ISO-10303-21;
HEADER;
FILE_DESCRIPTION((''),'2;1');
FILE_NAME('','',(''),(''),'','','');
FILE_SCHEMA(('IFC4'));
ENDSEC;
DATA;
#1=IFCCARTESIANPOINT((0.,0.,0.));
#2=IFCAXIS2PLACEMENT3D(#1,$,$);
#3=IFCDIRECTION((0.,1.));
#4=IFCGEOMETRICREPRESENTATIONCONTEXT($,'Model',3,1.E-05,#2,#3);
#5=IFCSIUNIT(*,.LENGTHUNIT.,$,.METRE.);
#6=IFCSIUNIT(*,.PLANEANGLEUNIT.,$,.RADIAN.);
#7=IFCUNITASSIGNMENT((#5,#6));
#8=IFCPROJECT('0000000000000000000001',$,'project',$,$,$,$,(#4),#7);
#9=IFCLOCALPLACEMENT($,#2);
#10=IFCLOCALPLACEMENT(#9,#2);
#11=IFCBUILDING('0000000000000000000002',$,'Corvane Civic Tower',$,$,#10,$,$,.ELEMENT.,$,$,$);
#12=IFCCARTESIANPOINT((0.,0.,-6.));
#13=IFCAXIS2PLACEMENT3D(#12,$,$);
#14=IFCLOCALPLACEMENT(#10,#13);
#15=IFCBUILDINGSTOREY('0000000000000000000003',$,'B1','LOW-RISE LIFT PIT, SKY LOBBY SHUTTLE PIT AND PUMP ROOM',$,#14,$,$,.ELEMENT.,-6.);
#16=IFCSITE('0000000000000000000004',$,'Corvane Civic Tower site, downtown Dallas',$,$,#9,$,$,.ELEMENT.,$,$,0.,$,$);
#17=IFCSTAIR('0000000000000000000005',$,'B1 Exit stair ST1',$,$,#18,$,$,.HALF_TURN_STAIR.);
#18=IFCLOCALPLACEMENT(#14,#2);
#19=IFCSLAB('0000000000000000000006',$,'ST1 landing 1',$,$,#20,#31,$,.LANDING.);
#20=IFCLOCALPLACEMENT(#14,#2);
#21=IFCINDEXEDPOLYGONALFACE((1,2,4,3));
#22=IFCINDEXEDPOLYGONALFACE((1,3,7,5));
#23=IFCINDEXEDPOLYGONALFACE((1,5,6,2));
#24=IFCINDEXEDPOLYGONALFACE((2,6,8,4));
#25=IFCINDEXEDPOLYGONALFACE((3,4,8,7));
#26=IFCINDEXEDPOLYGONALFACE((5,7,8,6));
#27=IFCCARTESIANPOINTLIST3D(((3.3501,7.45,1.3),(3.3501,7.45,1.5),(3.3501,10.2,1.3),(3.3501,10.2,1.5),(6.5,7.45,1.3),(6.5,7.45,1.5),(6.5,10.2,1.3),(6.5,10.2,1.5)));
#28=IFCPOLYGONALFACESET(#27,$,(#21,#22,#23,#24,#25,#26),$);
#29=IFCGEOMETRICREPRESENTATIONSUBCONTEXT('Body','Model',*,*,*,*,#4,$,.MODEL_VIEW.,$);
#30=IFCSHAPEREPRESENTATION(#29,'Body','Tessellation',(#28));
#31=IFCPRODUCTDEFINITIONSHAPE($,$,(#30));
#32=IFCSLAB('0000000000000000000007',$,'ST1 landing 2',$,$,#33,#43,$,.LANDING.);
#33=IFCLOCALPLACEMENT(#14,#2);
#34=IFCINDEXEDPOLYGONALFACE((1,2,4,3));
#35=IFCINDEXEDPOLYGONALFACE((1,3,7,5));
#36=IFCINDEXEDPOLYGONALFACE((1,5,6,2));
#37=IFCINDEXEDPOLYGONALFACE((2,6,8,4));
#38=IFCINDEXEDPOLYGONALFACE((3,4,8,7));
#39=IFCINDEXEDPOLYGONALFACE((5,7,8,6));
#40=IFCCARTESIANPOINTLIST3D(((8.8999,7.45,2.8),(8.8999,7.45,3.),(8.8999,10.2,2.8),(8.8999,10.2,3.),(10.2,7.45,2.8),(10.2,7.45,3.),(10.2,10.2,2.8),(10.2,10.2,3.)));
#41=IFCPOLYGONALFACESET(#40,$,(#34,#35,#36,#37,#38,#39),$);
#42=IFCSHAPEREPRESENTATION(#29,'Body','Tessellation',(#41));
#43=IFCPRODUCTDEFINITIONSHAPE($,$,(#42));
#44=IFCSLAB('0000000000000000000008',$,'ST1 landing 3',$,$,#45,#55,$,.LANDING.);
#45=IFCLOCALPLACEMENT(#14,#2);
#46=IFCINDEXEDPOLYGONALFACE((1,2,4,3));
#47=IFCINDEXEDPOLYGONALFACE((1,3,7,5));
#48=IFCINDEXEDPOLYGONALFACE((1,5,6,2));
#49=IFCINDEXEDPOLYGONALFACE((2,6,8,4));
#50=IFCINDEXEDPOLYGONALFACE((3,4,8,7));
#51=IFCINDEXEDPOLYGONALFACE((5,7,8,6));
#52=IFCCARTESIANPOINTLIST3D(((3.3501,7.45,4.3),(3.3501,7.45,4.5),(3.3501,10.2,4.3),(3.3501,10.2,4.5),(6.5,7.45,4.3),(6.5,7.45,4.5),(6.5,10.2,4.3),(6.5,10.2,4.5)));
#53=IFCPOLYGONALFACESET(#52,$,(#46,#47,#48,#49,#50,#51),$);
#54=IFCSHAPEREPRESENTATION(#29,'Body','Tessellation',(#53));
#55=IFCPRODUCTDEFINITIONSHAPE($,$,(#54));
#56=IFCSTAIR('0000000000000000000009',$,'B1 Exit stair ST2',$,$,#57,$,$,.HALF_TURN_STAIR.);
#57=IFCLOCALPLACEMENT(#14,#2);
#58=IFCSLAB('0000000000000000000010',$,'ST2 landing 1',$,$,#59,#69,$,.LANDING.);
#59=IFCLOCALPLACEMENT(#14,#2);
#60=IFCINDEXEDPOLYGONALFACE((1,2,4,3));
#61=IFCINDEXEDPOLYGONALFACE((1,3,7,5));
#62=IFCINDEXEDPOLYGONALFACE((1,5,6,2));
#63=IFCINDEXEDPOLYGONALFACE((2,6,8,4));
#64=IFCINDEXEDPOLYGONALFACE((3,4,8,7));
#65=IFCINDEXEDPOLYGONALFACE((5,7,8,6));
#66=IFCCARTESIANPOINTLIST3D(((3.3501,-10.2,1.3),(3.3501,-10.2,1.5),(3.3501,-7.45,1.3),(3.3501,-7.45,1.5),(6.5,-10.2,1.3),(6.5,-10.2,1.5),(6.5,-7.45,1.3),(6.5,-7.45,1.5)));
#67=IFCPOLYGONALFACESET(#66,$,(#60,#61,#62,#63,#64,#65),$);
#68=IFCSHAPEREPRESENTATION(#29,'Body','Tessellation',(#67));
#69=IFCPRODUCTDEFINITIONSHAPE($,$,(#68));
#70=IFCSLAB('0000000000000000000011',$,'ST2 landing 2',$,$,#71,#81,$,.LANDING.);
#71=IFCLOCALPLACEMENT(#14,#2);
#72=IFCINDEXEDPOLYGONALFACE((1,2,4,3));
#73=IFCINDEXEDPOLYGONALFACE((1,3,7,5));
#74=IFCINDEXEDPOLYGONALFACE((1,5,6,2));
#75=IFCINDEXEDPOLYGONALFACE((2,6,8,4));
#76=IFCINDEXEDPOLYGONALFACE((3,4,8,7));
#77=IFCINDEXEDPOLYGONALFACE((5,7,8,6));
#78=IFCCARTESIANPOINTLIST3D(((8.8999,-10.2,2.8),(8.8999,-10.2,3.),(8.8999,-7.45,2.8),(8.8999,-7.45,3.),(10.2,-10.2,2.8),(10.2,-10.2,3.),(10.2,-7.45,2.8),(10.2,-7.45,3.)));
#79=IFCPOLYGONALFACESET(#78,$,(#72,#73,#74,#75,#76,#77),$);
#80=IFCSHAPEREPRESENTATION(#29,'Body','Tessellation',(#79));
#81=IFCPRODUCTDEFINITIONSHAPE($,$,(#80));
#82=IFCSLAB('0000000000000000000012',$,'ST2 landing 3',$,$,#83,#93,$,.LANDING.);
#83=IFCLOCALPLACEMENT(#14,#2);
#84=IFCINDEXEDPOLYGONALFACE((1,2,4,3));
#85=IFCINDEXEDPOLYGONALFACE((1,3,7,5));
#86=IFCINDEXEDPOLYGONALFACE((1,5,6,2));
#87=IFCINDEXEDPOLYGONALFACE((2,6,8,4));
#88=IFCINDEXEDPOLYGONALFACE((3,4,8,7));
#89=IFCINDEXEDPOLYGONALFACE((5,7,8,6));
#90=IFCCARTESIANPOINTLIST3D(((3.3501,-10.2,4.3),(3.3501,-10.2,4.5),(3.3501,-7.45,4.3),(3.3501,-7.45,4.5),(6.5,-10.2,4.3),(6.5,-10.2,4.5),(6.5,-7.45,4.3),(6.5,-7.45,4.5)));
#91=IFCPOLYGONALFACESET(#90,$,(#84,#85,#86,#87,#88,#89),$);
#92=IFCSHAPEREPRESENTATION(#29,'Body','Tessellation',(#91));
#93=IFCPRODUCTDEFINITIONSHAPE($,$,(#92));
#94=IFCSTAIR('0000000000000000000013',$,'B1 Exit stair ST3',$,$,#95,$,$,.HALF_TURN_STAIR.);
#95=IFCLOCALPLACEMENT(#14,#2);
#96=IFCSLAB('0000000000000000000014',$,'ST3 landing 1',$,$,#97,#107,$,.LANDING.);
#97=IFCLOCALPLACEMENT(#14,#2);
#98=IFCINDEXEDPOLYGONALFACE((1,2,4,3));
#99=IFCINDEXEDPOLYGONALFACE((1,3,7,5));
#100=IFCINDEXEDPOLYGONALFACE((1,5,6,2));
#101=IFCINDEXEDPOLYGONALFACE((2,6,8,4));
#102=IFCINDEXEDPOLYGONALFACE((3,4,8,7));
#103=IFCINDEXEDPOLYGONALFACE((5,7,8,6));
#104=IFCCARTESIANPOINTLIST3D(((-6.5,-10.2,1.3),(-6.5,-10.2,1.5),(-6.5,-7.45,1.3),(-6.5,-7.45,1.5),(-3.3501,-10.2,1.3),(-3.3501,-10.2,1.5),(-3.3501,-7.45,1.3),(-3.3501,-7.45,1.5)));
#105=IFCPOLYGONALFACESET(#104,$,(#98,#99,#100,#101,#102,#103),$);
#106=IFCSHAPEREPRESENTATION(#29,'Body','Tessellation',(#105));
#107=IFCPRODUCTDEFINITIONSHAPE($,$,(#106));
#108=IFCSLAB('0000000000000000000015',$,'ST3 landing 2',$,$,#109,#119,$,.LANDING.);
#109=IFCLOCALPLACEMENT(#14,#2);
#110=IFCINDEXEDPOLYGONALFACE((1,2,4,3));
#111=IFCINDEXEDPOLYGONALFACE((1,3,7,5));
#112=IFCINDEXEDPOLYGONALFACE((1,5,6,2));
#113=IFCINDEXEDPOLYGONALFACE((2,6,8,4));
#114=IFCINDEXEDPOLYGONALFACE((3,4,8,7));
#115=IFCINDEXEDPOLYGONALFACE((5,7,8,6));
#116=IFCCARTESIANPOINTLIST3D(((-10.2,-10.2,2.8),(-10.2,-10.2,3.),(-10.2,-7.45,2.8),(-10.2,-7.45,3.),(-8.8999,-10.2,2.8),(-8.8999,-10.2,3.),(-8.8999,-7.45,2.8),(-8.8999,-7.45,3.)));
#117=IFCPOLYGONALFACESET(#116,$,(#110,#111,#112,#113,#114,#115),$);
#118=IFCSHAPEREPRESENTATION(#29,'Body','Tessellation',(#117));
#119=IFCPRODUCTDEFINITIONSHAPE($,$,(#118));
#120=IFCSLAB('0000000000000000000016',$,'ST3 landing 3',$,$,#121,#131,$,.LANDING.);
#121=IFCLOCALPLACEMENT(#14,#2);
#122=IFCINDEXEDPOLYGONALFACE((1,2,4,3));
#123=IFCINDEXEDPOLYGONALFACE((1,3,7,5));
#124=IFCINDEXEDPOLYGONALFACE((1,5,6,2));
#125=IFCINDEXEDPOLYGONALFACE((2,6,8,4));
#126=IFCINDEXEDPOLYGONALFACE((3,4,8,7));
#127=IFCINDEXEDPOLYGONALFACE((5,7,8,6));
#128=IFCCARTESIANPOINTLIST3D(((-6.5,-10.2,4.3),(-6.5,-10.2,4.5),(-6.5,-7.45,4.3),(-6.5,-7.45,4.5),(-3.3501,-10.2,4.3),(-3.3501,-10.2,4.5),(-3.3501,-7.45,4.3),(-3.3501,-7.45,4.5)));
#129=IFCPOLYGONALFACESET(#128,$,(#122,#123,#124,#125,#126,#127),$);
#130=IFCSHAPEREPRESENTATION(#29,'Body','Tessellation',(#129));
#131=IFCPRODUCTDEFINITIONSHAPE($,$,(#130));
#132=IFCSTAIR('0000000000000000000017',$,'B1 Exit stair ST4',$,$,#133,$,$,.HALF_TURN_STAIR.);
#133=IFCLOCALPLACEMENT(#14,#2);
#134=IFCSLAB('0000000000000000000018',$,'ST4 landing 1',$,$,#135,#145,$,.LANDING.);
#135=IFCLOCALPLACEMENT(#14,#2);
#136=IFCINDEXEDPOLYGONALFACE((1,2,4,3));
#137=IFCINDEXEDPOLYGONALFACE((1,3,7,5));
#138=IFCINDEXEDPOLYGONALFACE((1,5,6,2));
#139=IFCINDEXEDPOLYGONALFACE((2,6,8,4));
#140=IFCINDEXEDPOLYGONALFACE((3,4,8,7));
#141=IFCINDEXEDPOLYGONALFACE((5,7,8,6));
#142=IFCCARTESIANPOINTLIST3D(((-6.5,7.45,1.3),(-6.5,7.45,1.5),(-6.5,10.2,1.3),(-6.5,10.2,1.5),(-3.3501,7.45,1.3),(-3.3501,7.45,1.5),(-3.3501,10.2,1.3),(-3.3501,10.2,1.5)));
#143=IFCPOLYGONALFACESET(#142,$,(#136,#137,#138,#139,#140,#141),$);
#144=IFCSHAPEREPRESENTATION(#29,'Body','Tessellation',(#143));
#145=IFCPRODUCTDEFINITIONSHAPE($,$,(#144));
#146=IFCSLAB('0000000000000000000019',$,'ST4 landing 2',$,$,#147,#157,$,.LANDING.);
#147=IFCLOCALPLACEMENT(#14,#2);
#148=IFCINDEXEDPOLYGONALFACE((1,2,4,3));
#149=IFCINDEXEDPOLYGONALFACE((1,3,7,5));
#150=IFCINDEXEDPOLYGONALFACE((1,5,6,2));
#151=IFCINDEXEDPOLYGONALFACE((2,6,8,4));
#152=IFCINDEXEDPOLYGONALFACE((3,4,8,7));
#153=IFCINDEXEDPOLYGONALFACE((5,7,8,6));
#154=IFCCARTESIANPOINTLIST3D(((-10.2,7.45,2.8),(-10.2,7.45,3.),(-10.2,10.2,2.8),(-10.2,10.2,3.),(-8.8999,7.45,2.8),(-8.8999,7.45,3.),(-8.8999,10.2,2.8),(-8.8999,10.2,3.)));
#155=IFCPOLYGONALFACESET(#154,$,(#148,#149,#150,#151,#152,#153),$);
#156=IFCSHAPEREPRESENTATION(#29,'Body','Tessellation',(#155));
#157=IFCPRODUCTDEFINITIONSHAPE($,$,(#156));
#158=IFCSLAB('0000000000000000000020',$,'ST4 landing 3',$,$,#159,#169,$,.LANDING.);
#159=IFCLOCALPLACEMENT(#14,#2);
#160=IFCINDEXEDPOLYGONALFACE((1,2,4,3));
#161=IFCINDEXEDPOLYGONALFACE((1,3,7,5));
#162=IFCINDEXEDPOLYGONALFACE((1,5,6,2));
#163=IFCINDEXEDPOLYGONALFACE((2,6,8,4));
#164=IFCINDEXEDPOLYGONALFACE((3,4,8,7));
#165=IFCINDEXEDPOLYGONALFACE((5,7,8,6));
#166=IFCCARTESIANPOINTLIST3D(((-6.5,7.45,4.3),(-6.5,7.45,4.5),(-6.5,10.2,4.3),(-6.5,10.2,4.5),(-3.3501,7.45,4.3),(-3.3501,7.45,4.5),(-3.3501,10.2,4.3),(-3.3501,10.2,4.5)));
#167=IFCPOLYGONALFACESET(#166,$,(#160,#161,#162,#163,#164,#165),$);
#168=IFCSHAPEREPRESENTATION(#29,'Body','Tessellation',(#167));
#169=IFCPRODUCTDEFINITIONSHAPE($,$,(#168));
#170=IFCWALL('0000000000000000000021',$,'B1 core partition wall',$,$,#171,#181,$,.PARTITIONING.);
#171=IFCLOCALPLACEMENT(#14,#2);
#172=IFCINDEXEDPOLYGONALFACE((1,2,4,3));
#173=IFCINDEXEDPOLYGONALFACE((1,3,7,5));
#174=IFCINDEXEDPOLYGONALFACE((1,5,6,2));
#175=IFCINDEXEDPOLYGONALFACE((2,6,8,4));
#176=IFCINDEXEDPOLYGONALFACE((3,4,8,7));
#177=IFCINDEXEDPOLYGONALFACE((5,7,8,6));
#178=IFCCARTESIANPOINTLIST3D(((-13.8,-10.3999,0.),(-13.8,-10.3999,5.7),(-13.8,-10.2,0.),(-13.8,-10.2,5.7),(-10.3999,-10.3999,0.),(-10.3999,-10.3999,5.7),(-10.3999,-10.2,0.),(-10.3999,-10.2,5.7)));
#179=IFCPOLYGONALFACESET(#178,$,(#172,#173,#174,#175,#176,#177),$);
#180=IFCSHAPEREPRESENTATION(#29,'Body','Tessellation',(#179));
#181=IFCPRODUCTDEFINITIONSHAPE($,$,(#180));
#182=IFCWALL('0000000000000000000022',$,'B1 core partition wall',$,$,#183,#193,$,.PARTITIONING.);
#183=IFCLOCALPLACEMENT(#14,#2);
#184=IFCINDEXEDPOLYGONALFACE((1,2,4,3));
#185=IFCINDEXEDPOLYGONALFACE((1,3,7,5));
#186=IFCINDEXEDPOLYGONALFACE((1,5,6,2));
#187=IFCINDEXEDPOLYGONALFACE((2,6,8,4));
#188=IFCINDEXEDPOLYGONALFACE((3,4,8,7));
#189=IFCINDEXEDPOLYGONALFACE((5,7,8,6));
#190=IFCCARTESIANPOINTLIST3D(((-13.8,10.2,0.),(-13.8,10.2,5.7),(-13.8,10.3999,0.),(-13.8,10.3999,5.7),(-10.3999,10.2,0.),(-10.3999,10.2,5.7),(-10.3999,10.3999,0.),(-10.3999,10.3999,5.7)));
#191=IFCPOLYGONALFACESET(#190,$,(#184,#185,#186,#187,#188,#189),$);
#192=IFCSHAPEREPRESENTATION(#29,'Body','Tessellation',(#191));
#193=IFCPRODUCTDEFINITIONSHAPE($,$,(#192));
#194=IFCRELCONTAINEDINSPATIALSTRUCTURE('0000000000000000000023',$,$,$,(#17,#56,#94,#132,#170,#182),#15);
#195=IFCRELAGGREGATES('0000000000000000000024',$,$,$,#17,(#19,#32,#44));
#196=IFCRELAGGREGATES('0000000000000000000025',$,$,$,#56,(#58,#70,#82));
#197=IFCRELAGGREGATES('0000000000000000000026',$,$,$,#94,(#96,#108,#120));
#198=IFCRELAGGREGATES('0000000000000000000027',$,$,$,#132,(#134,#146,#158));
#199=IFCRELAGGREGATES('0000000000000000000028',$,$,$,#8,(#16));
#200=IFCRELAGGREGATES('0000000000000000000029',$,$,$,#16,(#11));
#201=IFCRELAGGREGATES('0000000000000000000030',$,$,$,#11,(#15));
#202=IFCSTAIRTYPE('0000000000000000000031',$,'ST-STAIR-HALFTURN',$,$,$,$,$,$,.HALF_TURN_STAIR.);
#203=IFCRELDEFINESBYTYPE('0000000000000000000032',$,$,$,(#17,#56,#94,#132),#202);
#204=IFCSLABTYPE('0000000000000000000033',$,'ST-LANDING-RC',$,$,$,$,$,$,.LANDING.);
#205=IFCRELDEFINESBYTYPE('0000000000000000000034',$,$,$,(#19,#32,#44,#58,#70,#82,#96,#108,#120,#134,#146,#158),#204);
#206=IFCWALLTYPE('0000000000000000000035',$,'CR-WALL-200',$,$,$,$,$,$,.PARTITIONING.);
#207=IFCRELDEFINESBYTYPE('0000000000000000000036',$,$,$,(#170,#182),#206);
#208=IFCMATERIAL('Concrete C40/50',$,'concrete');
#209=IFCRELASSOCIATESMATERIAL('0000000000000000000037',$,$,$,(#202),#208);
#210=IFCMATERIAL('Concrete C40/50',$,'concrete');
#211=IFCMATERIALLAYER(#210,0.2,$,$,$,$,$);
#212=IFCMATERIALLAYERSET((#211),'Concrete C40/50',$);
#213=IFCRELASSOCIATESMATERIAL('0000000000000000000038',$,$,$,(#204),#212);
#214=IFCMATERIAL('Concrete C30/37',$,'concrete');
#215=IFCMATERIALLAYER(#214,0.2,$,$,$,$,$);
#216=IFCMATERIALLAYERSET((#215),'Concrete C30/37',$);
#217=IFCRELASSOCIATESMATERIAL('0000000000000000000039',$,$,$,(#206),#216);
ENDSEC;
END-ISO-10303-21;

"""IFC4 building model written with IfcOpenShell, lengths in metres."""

from ifc_helpers import new_model, si_unit, direction, frame, origin, place, context, subcontext, project, spatial, polyline, outline, extrude, material, layer, layer_set, type_object, element, aggregate, save


model = new_model("IFC4")

# Units and contexts
model_context = context("Model", 3, precision=1e-05, world=origin(), true_north=direction((0.0, 1.0)))
body_context = subcontext(model_context, "Body", "Model", "MODEL_VIEW")
ifc_project = project(units=[si_unit("LENGTHUNIT", "METRE"), si_unit("PLANEANGLEUNIT", "RADIAN")], contexts=[model_context])

# Site, building, storey
site_placement = place(None, origin())
site = spatial("IfcSite", under=ifc_project, at=site_placement, Name="Corvane Civic Tower site, downtown Dallas", CompositionType="ELEMENT", RefElevation=0.0)
building_placement = place(site_placement, origin())
building = spatial("IfcBuilding", under=site, at=building_placement, Name="Corvane Civic Tower", CompositionType="ELEMENT")
storey_placement = place(building_placement, frame((0.0, 0.0, -6.0)))
storey = spatial("IfcBuildingStorey", under=building, at=storey_placement, Name="B1", Description="LOW-RISE LIFT PIT, SKY LOBBY SHUTTLE PIT AND PUMP ROOM", CompositionType="ELEMENT", Elevation=-6.0)

# Stairs, slabs
ifc_material_1 = material(Name="Concrete C40/50", Category="concrete")
stair_type = type_object("IfcStairType", Name="ST-STAIR-HALFTURN", PredefinedType="HALF_TURN_STAIR", material=ifc_material_1)
stair_1_placement = place(storey_placement, origin())
stair_1 = element("IfcStair", 1, at=stair_1_placement, inside=storey, type_object=stair_type, Name="B1 Exit stair ST1", PredefinedType="HALF_TURN_STAIR")
ifc_material_2 = material(Name="Concrete C40/50", Category="concrete")
ifc_layer_1 = layer(ifc_material_2, 0.2)
ifc_layer_set_1 = layer_set([ifc_layer_1], Name="Concrete C40/50")
slab_type = type_object("IfcSlabType", Name="ST-LANDING-RC", PredefinedType="LANDING", material=ifc_layer_set_1)
slab_1_placement = place(storey_placement, frame((0.0, 0.0, 1.3)))
slab_1 = element("IfcSlab", 2, at=slab_1_placement, type_object=slab_type, Name="ST1 landing 1", PredefinedType="LANDING", context=body_context, shape_type="SweptSolid", body=[
    extrude(outline(polyline([(6.5, 10.2), (3.3501, 10.2), (3.3501, 7.45), (6.5, 7.45), (6.5, 10.2)])), origin(), (0.0, 0.0, 1.0), 0.2),
])
slab_2_placement = place(storey_placement, frame((0.0, 0.0, 2.8)))
slab_2 = element("IfcSlab", 3, at=slab_2_placement, type_object=slab_type, Name="ST1 landing 2", PredefinedType="LANDING", context=body_context, shape_type="SweptSolid", body=[
    extrude(outline(polyline([(10.2, 10.2), (8.8999, 10.2), (8.8999, 7.45), (10.2, 7.45), (10.2, 10.2)])), origin(), (0.0, 0.0, 1.0), 0.2),
])
slab_3_placement = place(storey_placement, frame((0.0, 0.0, 4.3)))
slab_3 = element("IfcSlab", 4, at=slab_3_placement, type_object=slab_type, Name="ST1 landing 3", PredefinedType="LANDING", context=body_context, shape_type="SweptSolid", body=[
    extrude(outline(polyline([(6.5, 10.2), (3.3501, 10.2), (3.3501, 7.45), (6.5, 7.45), (6.5, 10.2)])), origin(), (0.0, 0.0, 1.0), 0.2),
])
aggregate(stair_1, [slab_1, slab_2, slab_3])
stair_2_placement = place(storey_placement, origin())
stair_2 = element("IfcStair", 5, at=stair_2_placement, inside=storey, type_object=stair_type, Name="B1 Exit stair ST2", PredefinedType="HALF_TURN_STAIR")
slab_4_placement = place(storey_placement, frame((0.0, 0.0, 1.3)))
slab_4 = element("IfcSlab", 6, at=slab_4_placement, type_object=slab_type, Name="ST2 landing 1", PredefinedType="LANDING", context=body_context, shape_type="SweptSolid", body=[
    extrude(outline(polyline([(6.5, -7.45), (3.3501, -7.45), (3.3501, -10.2), (6.5, -10.2), (6.5, -7.45)])), origin(), (0.0, 0.0, 1.0), 0.2),
])
slab_5_placement = place(storey_placement, frame((0.0, 0.0, 2.8)))
slab_5 = element("IfcSlab", 7, at=slab_5_placement, type_object=slab_type, Name="ST2 landing 2", PredefinedType="LANDING", context=body_context, shape_type="SweptSolid", body=[
    extrude(outline(polyline([(10.2, -7.45), (8.8999, -7.45), (8.8999, -10.2), (10.2, -10.2), (10.2, -7.45)])), origin(), (0.0, 0.0, 1.0), 0.2),
])
slab_6_placement = place(storey_placement, frame((0.0, 0.0, 4.3)))
slab_6 = element("IfcSlab", 8, at=slab_6_placement, type_object=slab_type, Name="ST2 landing 3", PredefinedType="LANDING", context=body_context, shape_type="SweptSolid", body=[
    extrude(outline(polyline([(6.5, -7.45), (3.3501, -7.45), (3.3501, -10.2), (6.5, -10.2), (6.5, -7.45)])), origin(), (0.0, 0.0, 1.0), 0.2),
])
aggregate(stair_2, [slab_4, slab_5, slab_6])
stair_3_placement = place(storey_placement, origin())
stair_3 = element("IfcStair", 9, at=stair_3_placement, inside=storey, type_object=stair_type, Name="B1 Exit stair ST3", PredefinedType="HALF_TURN_STAIR")
slab_7_placement = place(storey_placement, frame((0.0, 0.0, 1.3)))
slab_7 = element("IfcSlab", 10, at=slab_7_placement, type_object=slab_type, Name="ST3 landing 1", PredefinedType="LANDING", context=body_context, shape_type="SweptSolid", body=[
    extrude(outline(polyline([(-6.5, -10.2), (-3.3501, -10.2), (-3.3501, -7.45), (-6.5, -7.45), (-6.5, -10.2)])), origin(), (0.0, 0.0, 1.0), 0.2),
])
slab_8_placement = place(storey_placement, frame((0.0, 0.0, 2.8)))
slab_8 = element("IfcSlab", 11, at=slab_8_placement, type_object=slab_type, Name="ST3 landing 2", PredefinedType="LANDING", context=body_context, shape_type="SweptSolid", body=[
    extrude(outline(polyline([(-10.2, -10.2), (-8.8999, -10.2), (-8.8999, -7.45), (-10.2, -7.45), (-10.2, -10.2)])), origin(), (0.0, 0.0, 1.0), 0.2),
])
slab_9_placement = place(storey_placement, frame((0.0, 0.0, 4.3)))
slab_9 = element("IfcSlab", 12, at=slab_9_placement, type_object=slab_type, Name="ST3 landing 3", PredefinedType="LANDING", context=body_context, shape_type="SweptSolid", body=[
    extrude(outline(polyline([(-6.5, -10.2), (-3.3501, -10.2), (-3.3501, -7.45), (-6.5, -7.45), (-6.5, -10.2)])), origin(), (0.0, 0.0, 1.0), 0.2),
])
aggregate(stair_3, [slab_7, slab_8, slab_9])
stair_4_placement = place(storey_placement, origin())
stair_4 = element("IfcStair", 13, at=stair_4_placement, inside=storey, type_object=stair_type, Name="B1 Exit stair ST4", PredefinedType="HALF_TURN_STAIR")
slab_10_placement = place(storey_placement, frame((0.0, 0.0, 1.3)))
slab_10 = element("IfcSlab", 14, at=slab_10_placement, type_object=slab_type, Name="ST4 landing 1", PredefinedType="LANDING", context=body_context, shape_type="SweptSolid", body=[
    extrude(outline(polyline([(-6.5, 7.45), (-3.3501, 7.45), (-3.3501, 10.2), (-6.5, 10.2), (-6.5, 7.45)])), origin(), (0.0, 0.0, 1.0), 0.2),
])
slab_11_placement = place(storey_placement, frame((0.0, 0.0, 2.8)))
slab_11 = element("IfcSlab", 15, at=slab_11_placement, type_object=slab_type, Name="ST4 landing 2", PredefinedType="LANDING", context=body_context, shape_type="SweptSolid", body=[
    extrude(outline(polyline([(-10.2, 7.45), (-8.8999, 7.45), (-8.8999, 10.2), (-10.2, 10.2), (-10.2, 7.45)])), origin(), (0.0, 0.0, 1.0), 0.2),
])
slab_12_placement = place(storey_placement, frame((0.0, 0.0, 4.3)))
slab_12 = element("IfcSlab", 16, at=slab_12_placement, type_object=slab_type, Name="ST4 landing 3", PredefinedType="LANDING", context=body_context, shape_type="SweptSolid", body=[
    extrude(outline(polyline([(-6.5, 7.45), (-3.3501, 7.45), (-3.3501, 10.2), (-6.5, 10.2), (-6.5, 7.45)])), origin(), (0.0, 0.0, 1.0), 0.2),
])
aggregate(stair_4, [slab_10, slab_11, slab_12])

# Walls
ifc_material_3 = material(Name="Concrete C30/37", Category="concrete")
ifc_layer_2 = layer(ifc_material_3, 0.2)
ifc_layer_set_2 = layer_set([ifc_layer_2], Name="Concrete C30/37")
wall_type_1 = type_object("IfcWallType", Name="CR-WALL-200", PredefinedType="PARTITIONING", material=ifc_layer_set_2)
wall_1_placement = place(storey_placement, origin())
element("IfcWall", 17, at=wall_1_placement, inside=storey, type_object=wall_type_1, Name="B1 core partition wall", PredefinedType="PARTITIONING", context=body_context, shape_type="SweptSolid", body=[
    extrude(outline(polyline([(-10.3999, -10.3999), (-13.8, -10.3999), (-13.8, -10.2), (-10.3999, -10.2), (-10.3999, -10.3999)])), origin(), (0.0, 0.0, 1.0), 5.7),
])
wall_2_placement = place(storey_placement, origin())
element("IfcWall", 18, at=wall_2_placement, inside=storey, type_object=wall_type_1, Name="B1 core partition wall", PredefinedType="PARTITIONING", context=body_context, shape_type="SweptSolid", body=[
    extrude(outline(polyline([(-13.8, 10.2), (-13.8, 10.3999), (-10.3999, 10.3999), (-10.3999, 10.2), (-13.8, 10.2)])), origin(), (0.0, 0.0, 1.0), 5.7),
])

save(model, "model.ifc")
